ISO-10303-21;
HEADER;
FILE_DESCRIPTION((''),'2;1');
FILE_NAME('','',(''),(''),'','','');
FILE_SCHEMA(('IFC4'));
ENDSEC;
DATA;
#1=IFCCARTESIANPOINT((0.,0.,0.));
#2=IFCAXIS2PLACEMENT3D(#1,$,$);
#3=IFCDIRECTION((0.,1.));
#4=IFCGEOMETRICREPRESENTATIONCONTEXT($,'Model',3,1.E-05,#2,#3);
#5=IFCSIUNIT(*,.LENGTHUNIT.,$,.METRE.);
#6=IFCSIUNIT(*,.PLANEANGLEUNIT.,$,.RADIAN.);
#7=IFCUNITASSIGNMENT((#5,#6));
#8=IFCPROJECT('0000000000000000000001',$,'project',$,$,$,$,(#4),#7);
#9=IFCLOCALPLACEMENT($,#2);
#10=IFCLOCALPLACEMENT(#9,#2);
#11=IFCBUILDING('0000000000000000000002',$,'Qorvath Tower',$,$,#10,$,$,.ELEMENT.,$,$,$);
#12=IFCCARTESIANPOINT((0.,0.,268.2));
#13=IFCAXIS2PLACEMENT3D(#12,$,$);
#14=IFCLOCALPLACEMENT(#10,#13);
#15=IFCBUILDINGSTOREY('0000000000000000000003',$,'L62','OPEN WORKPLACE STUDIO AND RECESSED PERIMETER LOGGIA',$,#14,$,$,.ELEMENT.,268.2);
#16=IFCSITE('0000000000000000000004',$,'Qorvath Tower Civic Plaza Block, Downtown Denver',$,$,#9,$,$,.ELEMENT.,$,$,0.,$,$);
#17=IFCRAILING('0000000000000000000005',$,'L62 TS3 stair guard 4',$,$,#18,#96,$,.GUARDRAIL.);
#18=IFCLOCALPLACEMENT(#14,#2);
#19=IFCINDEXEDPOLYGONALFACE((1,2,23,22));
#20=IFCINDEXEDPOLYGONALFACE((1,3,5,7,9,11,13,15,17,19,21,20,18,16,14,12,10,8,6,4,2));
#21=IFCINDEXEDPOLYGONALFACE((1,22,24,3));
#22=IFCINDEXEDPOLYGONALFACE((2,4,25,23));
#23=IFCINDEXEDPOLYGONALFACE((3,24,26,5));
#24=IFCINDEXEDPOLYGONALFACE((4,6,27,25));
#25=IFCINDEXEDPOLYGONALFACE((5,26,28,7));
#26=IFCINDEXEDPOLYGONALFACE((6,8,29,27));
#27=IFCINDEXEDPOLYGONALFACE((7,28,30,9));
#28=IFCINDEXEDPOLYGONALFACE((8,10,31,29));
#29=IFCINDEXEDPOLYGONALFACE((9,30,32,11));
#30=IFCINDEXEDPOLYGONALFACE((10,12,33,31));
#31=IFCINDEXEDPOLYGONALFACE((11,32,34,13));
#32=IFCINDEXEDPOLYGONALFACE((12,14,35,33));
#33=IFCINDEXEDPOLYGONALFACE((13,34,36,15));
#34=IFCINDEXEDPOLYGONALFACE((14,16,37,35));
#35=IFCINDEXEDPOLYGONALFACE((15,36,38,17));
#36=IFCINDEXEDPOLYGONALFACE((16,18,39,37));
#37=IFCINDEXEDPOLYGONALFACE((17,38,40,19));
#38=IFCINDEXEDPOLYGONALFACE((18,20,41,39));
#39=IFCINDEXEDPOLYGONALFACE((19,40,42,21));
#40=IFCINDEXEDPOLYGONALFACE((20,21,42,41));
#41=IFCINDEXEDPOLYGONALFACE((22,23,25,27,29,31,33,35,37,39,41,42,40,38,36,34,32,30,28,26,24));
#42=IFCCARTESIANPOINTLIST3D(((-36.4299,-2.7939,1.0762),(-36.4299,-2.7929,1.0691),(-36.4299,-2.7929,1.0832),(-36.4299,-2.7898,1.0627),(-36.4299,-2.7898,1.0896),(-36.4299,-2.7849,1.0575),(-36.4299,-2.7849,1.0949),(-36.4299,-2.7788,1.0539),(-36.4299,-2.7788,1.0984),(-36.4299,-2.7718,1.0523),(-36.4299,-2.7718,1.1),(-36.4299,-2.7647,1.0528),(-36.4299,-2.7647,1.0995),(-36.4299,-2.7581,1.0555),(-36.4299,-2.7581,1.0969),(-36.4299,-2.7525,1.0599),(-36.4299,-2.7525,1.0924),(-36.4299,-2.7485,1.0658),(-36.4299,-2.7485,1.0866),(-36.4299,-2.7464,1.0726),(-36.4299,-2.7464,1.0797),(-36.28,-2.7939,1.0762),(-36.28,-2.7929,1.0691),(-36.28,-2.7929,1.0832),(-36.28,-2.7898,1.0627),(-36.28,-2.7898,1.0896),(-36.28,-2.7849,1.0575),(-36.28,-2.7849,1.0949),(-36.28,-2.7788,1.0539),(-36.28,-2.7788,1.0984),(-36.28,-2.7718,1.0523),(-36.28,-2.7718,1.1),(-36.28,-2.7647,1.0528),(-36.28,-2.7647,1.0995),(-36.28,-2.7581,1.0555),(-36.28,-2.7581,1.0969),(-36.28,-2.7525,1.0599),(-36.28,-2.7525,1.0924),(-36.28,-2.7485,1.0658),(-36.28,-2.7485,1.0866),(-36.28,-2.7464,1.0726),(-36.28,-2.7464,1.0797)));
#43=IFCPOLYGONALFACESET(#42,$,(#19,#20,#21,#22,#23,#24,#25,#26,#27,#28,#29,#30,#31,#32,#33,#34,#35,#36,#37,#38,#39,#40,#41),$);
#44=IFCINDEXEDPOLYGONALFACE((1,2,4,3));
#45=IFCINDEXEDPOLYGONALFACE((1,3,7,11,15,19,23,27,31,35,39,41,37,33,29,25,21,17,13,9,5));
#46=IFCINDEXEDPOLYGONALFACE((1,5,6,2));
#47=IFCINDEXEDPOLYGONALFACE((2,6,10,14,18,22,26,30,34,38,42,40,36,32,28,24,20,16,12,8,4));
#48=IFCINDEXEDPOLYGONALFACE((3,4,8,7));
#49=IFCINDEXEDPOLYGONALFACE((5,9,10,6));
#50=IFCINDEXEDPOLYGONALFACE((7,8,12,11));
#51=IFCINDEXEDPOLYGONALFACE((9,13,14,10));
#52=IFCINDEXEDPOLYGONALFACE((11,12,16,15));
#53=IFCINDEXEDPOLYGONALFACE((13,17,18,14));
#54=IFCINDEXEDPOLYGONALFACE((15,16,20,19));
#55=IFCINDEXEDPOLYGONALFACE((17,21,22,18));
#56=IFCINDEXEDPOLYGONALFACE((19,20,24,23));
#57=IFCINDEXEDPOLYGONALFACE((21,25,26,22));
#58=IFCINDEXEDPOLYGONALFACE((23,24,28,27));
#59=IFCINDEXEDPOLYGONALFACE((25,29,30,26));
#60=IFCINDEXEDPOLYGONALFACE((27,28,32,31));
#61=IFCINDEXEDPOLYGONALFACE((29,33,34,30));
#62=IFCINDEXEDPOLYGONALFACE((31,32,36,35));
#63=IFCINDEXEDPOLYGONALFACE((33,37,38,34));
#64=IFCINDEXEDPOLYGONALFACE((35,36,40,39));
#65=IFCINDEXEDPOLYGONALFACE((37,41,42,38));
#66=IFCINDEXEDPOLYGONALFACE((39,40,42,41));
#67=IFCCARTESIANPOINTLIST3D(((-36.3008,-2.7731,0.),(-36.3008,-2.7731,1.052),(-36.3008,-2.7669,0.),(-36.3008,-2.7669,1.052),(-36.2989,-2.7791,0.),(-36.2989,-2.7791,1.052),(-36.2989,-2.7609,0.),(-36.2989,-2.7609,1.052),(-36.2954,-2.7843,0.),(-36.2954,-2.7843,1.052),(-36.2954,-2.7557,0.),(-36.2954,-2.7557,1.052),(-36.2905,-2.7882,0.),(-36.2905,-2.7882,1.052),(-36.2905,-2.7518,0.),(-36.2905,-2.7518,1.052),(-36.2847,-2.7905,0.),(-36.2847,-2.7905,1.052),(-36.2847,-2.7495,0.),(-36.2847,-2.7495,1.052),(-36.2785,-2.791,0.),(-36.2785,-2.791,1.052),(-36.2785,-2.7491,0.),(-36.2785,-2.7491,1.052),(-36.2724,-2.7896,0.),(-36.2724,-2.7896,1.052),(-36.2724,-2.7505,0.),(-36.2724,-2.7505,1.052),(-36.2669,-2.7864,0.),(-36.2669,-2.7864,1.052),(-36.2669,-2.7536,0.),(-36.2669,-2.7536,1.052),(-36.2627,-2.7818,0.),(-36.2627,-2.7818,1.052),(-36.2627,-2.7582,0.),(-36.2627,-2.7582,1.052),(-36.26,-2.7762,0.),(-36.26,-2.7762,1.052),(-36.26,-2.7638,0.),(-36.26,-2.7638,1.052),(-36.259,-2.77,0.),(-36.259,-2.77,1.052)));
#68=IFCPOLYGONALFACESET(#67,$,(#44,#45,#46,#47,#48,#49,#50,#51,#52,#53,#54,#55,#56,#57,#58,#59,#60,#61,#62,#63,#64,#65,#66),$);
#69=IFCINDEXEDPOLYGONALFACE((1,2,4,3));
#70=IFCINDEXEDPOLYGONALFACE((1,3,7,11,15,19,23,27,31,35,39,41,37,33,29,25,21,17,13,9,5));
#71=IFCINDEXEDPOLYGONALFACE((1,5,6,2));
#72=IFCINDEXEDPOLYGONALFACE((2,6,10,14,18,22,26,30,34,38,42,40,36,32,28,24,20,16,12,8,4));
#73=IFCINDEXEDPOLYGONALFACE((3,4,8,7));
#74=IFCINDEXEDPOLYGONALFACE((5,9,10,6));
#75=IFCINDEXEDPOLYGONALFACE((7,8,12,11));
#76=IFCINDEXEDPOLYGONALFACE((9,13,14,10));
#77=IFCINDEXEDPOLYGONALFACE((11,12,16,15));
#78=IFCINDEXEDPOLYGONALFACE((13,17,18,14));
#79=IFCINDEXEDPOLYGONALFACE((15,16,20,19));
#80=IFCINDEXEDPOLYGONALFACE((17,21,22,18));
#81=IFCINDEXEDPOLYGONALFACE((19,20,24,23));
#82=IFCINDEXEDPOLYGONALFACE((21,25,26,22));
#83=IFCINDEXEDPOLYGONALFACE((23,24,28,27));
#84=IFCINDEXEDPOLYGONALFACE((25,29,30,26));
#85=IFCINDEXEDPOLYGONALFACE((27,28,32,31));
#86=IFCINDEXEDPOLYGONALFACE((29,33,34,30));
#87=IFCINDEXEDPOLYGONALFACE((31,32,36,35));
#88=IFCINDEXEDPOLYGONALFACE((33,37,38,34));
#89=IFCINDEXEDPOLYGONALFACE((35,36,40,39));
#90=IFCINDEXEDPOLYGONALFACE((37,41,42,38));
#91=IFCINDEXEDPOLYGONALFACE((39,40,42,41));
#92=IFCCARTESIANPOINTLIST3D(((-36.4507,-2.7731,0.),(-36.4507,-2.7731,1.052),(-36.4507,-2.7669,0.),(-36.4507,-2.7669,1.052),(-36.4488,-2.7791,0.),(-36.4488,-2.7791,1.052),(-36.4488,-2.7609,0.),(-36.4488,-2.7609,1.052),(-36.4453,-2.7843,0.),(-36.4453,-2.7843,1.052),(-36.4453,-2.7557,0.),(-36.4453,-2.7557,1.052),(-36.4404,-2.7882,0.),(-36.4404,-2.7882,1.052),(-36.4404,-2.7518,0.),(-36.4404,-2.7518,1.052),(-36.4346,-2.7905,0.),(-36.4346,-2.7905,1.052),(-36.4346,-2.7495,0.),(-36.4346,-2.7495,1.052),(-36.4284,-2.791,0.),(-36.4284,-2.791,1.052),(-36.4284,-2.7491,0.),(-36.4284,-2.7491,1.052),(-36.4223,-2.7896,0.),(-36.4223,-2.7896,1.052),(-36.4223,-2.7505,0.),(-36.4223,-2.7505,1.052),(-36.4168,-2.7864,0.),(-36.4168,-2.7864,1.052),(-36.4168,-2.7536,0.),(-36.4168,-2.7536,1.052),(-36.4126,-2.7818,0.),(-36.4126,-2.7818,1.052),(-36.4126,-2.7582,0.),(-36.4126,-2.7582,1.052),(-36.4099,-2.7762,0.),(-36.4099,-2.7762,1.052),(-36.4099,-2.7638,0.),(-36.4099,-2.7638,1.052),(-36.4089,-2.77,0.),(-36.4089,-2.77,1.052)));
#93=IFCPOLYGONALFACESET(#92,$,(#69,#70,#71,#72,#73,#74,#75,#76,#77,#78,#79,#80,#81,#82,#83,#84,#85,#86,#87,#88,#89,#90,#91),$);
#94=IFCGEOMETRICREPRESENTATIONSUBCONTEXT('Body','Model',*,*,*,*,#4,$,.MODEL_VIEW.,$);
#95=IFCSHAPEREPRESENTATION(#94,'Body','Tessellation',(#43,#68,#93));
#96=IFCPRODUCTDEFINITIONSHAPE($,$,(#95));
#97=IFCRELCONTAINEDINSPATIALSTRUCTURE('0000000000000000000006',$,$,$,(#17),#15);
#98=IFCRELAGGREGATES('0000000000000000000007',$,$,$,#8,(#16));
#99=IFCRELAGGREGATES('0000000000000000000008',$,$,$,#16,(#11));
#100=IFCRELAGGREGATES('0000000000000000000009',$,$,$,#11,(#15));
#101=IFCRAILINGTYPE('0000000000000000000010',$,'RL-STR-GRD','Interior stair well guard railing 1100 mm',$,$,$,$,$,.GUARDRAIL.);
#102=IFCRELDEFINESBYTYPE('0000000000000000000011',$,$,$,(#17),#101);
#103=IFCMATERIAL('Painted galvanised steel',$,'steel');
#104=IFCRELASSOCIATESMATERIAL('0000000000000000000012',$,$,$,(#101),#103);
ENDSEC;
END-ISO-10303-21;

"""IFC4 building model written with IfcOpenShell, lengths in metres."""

from ifc_helpers import new_model, si_unit, direction, frame, origin, origin_2d, place, context, subcontext, project, spatial, circle, extrude, material, type_object, element, save


model = new_model("IFC4")

# Units and contexts
model_context = context("Model", 3, precision=1e-05, world=origin(), true_north=direction((0.0, 1.0)))
body_context = subcontext(model_context, "Body", "Model", "MODEL_VIEW")
ifc_project = project(units=[si_unit("LENGTHUNIT", "METRE"), si_unit("PLANEANGLEUNIT", "RADIAN")], contexts=[model_context])

# Site, building, storey
site_placement = place(None, origin())
site = spatial("IfcSite", under=ifc_project, at=site_placement, Name="Qorvath Tower Civic Plaza Block, Downtown Denver", CompositionType="ELEMENT", RefElevation=0.0)
building_placement = place(site_placement, origin())
building = spatial("IfcBuilding", under=site, at=building_placement, Name="Qorvath Tower", CompositionType="ELEMENT")
storey_placement = place(building_placement, frame((0.0, 0.0, 268.2)))
storey = spatial("IfcBuildingStorey", under=building, at=storey_placement, Name="L62", Description="OPEN WORKPLACE STUDIO AND RECESSED PERIMETER LOGGIA", CompositionType="ELEMENT", Elevation=268.2)

# Railing
ifc_material_1 = material(Name="Painted galvanised steel", Category="steel")
railing_type_1 = type_object("IfcRailingType", Name="RL-STR-GRD", Description="Interior stair well guard railing 1100 mm", PredefinedType="GUARDRAIL", material=ifc_material_1)
railing_1_placement = place(storey_placement, frame((-36.28, -2.77, 0.0)))
element("IfcRailing", 1, at=railing_1_placement, inside=storey, type_object=railing_type_1, Name="L62 TS3 stair guard 4", PredefinedType="GUARDRAIL", context=body_context, shape_type="SweptSolid", body=[
    extrude(circle(Radius=0.0239, at=origin_2d()), frame((0.0, 0.0, 1.0762), z_axis=(-1.0, 0.0, 0.0), x_axis=(0.0, -1.0, 0.0)), (0.0, 0.0, 1.0), 0.1499),
    extrude(circle(Radius=0.021, at=origin_2d()), origin(), (0.0, 0.0, 1.0), 1.052),
    extrude(circle(Radius=0.021, at=origin_2d()), frame((-0.1499, 0.0, 0.0)), (0.0, 0.0, 1.0), 1.052),
])

save(model, "model.ifc")
